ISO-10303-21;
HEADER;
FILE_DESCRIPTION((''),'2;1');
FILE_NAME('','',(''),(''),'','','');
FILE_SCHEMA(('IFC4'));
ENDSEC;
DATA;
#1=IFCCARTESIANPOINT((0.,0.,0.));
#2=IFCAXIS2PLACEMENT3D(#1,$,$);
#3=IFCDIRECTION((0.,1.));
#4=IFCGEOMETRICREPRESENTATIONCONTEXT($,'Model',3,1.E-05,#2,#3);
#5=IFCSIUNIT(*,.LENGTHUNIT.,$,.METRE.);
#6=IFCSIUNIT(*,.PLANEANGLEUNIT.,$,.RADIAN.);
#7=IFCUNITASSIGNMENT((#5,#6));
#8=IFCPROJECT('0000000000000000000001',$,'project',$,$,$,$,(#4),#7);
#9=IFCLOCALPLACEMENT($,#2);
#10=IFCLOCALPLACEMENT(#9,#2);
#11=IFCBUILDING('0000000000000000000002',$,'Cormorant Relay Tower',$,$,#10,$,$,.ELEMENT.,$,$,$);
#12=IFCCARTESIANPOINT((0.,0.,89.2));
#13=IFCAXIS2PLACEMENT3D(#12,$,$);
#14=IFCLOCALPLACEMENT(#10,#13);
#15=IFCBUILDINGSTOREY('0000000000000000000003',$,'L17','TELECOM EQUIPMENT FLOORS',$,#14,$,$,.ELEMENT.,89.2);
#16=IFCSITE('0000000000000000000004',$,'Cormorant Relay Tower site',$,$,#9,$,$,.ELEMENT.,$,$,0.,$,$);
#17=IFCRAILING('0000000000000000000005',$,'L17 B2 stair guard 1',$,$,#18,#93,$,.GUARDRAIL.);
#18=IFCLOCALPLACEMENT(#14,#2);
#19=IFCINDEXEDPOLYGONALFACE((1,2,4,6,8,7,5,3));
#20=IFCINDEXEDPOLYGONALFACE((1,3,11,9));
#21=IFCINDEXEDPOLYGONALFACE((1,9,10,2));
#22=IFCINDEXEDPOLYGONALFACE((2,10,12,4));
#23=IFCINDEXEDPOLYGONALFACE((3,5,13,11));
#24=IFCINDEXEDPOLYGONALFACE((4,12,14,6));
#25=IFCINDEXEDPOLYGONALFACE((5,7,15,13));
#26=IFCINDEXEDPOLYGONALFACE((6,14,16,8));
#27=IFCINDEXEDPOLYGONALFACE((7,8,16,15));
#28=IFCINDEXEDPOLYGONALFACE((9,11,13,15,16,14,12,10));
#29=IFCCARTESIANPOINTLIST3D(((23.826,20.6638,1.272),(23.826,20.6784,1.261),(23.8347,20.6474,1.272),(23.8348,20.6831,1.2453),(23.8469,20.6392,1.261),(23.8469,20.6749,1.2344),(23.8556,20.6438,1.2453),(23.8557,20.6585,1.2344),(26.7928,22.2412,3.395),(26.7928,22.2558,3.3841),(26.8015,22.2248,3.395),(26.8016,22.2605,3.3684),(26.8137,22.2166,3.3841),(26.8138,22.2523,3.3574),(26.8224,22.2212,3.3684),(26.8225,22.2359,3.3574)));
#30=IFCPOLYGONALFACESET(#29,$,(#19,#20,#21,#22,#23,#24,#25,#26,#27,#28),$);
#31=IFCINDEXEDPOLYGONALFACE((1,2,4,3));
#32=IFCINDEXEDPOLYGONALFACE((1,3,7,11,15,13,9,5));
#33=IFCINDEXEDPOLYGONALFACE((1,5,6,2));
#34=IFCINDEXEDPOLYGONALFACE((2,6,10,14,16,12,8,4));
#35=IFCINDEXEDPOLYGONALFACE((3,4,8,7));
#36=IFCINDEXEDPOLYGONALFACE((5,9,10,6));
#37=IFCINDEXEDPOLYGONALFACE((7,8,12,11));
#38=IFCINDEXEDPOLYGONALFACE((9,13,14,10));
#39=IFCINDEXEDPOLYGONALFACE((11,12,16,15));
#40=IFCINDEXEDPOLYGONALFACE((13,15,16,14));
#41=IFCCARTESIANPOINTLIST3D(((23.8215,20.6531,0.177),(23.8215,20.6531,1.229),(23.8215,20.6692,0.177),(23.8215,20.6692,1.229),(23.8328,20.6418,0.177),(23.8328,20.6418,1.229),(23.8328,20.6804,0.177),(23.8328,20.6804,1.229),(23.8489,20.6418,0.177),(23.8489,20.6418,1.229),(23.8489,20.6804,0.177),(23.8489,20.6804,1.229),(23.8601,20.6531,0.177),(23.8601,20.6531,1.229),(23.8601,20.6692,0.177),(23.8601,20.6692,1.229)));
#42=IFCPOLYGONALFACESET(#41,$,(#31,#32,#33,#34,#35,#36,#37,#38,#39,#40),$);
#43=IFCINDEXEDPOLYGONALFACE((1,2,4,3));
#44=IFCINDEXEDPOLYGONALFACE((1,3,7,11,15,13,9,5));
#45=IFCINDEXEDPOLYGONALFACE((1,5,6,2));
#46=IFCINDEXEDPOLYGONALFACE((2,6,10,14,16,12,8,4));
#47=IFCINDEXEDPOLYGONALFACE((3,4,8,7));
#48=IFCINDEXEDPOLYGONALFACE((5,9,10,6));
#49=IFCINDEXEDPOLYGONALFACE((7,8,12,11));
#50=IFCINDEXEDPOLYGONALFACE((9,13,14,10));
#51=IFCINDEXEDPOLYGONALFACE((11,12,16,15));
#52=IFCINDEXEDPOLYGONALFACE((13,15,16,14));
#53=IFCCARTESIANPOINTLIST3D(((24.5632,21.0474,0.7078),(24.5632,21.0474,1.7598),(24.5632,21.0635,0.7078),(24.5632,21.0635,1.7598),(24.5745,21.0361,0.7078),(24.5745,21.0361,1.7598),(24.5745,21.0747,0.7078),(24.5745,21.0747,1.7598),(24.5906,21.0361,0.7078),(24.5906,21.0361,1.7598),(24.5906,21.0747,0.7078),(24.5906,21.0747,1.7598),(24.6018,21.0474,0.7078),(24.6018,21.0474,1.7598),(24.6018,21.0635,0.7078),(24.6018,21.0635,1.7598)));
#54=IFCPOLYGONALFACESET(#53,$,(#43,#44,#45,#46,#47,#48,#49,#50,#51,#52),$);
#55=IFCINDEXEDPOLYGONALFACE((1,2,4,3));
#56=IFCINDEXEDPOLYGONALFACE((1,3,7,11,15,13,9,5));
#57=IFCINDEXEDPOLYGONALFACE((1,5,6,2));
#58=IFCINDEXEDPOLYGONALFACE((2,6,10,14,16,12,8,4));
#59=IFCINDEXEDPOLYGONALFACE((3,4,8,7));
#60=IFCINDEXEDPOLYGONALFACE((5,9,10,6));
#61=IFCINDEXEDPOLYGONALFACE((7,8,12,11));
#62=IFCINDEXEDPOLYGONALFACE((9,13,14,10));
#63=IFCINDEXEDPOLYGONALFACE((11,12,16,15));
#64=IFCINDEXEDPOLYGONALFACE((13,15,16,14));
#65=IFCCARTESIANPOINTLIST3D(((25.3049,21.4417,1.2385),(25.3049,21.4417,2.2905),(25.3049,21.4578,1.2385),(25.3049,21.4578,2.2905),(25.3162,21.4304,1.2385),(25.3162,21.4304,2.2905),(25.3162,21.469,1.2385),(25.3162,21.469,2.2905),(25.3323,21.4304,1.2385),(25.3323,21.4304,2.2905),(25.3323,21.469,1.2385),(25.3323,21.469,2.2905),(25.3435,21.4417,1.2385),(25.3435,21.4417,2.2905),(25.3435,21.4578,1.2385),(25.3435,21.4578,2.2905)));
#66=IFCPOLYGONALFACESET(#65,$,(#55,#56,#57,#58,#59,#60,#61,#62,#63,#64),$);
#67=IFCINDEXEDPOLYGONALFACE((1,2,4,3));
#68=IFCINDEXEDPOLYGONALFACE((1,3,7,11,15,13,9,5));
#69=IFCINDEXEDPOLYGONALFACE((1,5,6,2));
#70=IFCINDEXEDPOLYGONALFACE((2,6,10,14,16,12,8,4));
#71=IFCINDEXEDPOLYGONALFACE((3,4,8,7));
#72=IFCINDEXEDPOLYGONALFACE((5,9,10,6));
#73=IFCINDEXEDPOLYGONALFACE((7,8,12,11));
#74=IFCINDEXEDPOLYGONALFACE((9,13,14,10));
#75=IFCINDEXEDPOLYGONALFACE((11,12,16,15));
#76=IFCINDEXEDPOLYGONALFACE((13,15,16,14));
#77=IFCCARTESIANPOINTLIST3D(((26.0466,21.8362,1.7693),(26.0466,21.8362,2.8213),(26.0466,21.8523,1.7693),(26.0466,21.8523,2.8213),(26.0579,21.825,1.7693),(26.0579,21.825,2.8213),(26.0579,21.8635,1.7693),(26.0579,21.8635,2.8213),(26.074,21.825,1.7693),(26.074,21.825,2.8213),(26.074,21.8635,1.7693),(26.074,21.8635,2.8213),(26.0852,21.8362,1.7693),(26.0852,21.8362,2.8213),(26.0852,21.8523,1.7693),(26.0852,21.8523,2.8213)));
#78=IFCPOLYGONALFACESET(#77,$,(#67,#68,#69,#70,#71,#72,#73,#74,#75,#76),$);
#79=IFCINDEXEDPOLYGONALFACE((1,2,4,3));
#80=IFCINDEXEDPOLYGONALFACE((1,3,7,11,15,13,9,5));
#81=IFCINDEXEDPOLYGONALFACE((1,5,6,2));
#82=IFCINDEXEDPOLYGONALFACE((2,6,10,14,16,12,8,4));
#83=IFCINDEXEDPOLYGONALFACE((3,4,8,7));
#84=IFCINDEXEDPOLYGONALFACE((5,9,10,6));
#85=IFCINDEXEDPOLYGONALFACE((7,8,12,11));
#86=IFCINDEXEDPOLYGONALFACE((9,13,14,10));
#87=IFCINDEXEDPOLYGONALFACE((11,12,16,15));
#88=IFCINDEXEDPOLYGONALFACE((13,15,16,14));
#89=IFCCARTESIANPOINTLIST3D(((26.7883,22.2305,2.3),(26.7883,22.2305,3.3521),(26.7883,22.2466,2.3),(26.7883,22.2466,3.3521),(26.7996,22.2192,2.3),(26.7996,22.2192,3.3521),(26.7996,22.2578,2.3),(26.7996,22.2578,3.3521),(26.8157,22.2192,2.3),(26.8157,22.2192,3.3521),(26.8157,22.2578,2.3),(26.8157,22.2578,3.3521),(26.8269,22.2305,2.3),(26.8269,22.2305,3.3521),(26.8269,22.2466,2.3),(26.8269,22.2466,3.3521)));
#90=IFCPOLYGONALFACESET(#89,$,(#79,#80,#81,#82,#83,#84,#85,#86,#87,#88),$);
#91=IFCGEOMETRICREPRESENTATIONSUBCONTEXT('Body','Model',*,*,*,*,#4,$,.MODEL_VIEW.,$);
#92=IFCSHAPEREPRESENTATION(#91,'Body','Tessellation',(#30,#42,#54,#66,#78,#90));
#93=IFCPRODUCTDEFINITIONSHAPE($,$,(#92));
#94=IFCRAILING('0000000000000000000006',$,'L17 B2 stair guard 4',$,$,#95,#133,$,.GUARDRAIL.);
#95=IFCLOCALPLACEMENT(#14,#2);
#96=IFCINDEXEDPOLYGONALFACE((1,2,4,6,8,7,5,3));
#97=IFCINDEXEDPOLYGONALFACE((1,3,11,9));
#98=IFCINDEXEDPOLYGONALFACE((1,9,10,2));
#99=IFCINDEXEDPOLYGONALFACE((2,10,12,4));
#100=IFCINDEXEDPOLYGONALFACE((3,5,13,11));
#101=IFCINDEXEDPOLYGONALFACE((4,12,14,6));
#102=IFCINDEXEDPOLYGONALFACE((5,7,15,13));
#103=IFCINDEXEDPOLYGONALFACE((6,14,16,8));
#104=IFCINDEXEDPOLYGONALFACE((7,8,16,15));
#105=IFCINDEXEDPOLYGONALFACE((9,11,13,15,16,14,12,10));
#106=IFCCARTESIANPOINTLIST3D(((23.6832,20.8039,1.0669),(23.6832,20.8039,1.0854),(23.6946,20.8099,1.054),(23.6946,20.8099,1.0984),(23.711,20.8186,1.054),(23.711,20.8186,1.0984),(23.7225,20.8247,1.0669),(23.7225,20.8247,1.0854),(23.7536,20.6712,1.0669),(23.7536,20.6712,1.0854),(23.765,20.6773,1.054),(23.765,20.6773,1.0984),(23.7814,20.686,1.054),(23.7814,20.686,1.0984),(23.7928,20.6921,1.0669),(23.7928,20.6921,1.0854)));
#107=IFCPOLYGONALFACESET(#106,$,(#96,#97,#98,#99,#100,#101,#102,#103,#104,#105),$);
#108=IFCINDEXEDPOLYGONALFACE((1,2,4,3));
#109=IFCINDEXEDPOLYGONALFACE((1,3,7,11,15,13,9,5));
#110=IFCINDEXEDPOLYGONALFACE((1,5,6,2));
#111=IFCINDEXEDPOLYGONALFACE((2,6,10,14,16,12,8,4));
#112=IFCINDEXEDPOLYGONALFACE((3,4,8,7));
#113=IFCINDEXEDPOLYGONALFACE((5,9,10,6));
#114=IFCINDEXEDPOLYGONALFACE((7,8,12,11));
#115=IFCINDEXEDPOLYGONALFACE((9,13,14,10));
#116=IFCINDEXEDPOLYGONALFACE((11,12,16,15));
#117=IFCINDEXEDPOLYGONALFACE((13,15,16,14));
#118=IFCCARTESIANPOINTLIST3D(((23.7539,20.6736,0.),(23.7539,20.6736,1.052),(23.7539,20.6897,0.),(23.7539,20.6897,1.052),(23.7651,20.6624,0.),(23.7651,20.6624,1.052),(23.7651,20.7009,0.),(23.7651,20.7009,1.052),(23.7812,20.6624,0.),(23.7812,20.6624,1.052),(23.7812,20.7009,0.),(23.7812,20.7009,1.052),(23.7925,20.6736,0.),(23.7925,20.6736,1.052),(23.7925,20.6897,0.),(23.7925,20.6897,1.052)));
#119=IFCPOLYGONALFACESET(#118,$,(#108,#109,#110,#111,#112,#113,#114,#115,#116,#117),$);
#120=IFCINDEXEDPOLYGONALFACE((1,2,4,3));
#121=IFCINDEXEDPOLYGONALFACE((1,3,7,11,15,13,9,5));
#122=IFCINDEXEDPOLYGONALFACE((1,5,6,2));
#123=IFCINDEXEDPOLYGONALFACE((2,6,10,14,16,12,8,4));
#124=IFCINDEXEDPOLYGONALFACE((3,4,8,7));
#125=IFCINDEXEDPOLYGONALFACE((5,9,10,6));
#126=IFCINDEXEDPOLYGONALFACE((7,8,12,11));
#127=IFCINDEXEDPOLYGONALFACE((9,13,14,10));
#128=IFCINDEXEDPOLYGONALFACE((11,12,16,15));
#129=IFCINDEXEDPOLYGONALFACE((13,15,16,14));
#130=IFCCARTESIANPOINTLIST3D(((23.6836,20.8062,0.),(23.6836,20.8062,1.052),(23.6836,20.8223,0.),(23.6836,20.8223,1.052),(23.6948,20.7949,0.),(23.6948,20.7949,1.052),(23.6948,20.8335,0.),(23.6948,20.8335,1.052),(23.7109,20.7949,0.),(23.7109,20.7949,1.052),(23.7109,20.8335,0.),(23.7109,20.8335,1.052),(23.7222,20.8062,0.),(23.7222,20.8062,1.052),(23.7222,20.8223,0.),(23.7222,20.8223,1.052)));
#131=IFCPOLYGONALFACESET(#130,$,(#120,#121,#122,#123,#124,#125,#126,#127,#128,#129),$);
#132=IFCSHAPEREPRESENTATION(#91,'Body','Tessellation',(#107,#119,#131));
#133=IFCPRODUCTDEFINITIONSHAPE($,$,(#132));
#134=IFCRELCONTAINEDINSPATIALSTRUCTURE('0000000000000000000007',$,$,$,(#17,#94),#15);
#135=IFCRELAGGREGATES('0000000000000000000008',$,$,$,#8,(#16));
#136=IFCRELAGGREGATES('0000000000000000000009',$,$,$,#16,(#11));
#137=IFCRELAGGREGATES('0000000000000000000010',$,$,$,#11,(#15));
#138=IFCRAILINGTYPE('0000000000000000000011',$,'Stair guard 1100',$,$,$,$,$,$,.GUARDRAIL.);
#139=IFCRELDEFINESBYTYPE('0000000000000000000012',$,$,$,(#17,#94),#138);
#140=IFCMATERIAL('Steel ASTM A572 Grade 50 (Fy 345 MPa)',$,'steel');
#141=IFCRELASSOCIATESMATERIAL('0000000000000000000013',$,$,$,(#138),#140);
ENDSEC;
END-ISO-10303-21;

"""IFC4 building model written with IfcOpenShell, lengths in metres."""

from ifc_helpers import new_model, si_unit, direction, frame, origin, place, context, subcontext, project, spatial, polyline, outline, extrude, material, type_object, element, save


model = new_model("IFC4")

# Units and contexts
model_context = context("Model", 3, precision=1e-05, world=origin(), true_north=direction((0.0, 1.0)))
body_context = subcontext(model_context, "Body", "Model", "MODEL_VIEW")
ifc_project = project(units=[si_unit("LENGTHUNIT", "METRE"), si_unit("PLANEANGLEUNIT", "RADIAN")], contexts=[model_context])

# Site, building, storey
site_placement = place(None, origin())
site = spatial("IfcSite", under=ifc_project, at=site_placement, Name="Cormorant Relay Tower site", CompositionType="ELEMENT", RefElevation=0.0)
building_placement = place(site_placement, origin())
building = spatial("IfcBuilding", under=site, at=building_placement, Name="Cormorant Relay Tower", CompositionType="ELEMENT")
storey_placement = place(building_placement, frame((0.0, 0.0, 89.2)))
storey = spatial("IfcBuildingStorey", under=building, at=storey_placement, Name="L17", Description="TELECOM EQUIPMENT FLOORS", CompositionType="ELEMENT", Elevation=89.2)

# Railings
ifc_material_1 = material(Name="Steel ASTM A572 Grade 50 (Fy 345 MPa)", Category="steel")
railing_type_1 = type_object("IfcRailingType", Name="Stair guard 1100", PredefinedType="GUARDRAIL", material=ifc_material_1)
railing_1_placement = place(storey_placement, frame((23.8408, 20.6611, 0.177)))
element("IfcRailing", 1, at=railing_1_placement, inside=storey, type_object=railing_type_1, Name="L17 B2 stair guard 1", PredefinedType="GUARDRAIL", context=body_context, shape_type="SweptSolid", body=[
    extrude(outline(polyline([(0.0222, 0.0093), (0.0093, 0.0222), (-0.0093, 0.0222), (-0.0222, 0.0093), (-0.0222, -0.0093), (-0.0093, -0.0222), (0.0093, -0.0222), (0.0222, -0.0093), (0.0222, 0.0093)])), frame((0.0, 0.0, 1.0762), z_axis=(0.746441, 0.396869, 0.534155), x_axis=(-0.469453, 0.882958, 0.0)), (0.0, 0.0, 1.0), 3.9746),
    extrude(outline(polyline([(0.0193, 0.0081), (0.0081, 0.0193), (-0.0081, 0.0193), (-0.0193, 0.0081), (-0.0193, -0.0081), (-0.0081, -0.0193), (0.0081, -0.0193), (0.0193, -0.0081), (0.0193, 0.0081)])), origin(), (0.0, 0.0, 1.0), 1.052),
    extrude(outline(polyline([(0.0193, 0.0081), (0.0081, 0.0193), (-0.0081, 0.0193), (-0.0193, 0.0081), (-0.0193, -0.0081), (-0.0081, -0.0193), (0.0081, -0.0193), (0.0193, -0.0081), (0.0193, 0.0081)])), frame((0.7417, 0.3943, 0.5308)), (0.0, 0.0, 1.0), 1.052),
    extrude(outline(polyline([(0.0193, 0.0081), (0.0081, 0.0193), (-0.0081, 0.0193), (-0.0193, 0.0081), (-0.0193, -0.0081), (-0.0081, -0.0193), (0.0081, -0.0193), (0.0193, -0.0081), (0.0193, 0.0081)])), frame((1.4834, 0.7886, 1.0615)), (0.0, 0.0, 1.0), 1.052),
    extrude(outline(polyline([(0.0193, 0.0081), (0.0081, 0.0193), (-0.0081, 0.0193), (-0.0193, 0.0081), (-0.0193, -0.0081), (-0.0081, -0.0193), (0.0081, -0.0193), (0.0193, -0.0081), (0.0193, 0.0081)])), frame((2.2251, 1.1831, 1.5923)), (0.0, 0.0, 1.0), 1.052),
    extrude(outline(polyline([(0.0193, 0.0081), (0.0081, 0.0193), (-0.0081, 0.0193), (-0.0193, 0.0081), (-0.0193, -0.0081), (-0.0081, -0.0193), (0.0081, -0.0193), (0.0193, -0.0081), (0.0193, 0.0081)])), frame((2.9668, 1.5774, 2.123)), (0.0, 0.0, 1.0), 1.052),
])
railing_2_placement = place(storey_placement, frame((23.7732, 20.6816, 0.0)))
element("IfcRailing", 2, at=railing_2_placement, inside=storey, type_object=railing_type_1, Name="L17 B2 stair guard 4", PredefinedType="GUARDRAIL", context=body_context, shape_type="SweptSolid", body=[
    extrude(outline(polyline([(0.0222, 0.0093), (0.0093, 0.0222), (-0.0093, 0.0222), (-0.0222, 0.0093), (-0.0222, -0.0093), (-0.0093, -0.0222), (0.0093, -0.0222), (0.0222, -0.0093), (0.0222, 0.0093)])), frame((0.0, 0.0, 1.0762), z_axis=(-0.46856, 0.883431, 0.0), x_axis=(-0.883431, -0.46856, 0.0)), (0.0, 0.0, 1.0), 0.1501),
    extrude(outline(polyline([(0.0193, 0.0081), (0.0081, 0.0193), (-0.0081, 0.0193), (-0.0193, 0.0081), (-0.0193, -0.0081), (-0.0081, -0.0193), (0.0081, -0.0193), (0.0193, -0.0081), (0.0193, 0.0081)])), origin(), (0.0, 0.0, 1.0), 1.052),
    extrude(outline(polyline([(0.0193, 0.0081), (0.0081, 0.0193), (-0.0081, 0.0193), (-0.0193, 0.0081), (-0.0193, -0.0081), (-0.0081, -0.0193), (0.0081, -0.0193), (0.0193, -0.0081), (0.0193, 0.0081)])), frame((-0.0703, 0.1326, 0.0)), (0.0, 0.0, 1.0), 1.052),
])

save(model, "model.ifc")
